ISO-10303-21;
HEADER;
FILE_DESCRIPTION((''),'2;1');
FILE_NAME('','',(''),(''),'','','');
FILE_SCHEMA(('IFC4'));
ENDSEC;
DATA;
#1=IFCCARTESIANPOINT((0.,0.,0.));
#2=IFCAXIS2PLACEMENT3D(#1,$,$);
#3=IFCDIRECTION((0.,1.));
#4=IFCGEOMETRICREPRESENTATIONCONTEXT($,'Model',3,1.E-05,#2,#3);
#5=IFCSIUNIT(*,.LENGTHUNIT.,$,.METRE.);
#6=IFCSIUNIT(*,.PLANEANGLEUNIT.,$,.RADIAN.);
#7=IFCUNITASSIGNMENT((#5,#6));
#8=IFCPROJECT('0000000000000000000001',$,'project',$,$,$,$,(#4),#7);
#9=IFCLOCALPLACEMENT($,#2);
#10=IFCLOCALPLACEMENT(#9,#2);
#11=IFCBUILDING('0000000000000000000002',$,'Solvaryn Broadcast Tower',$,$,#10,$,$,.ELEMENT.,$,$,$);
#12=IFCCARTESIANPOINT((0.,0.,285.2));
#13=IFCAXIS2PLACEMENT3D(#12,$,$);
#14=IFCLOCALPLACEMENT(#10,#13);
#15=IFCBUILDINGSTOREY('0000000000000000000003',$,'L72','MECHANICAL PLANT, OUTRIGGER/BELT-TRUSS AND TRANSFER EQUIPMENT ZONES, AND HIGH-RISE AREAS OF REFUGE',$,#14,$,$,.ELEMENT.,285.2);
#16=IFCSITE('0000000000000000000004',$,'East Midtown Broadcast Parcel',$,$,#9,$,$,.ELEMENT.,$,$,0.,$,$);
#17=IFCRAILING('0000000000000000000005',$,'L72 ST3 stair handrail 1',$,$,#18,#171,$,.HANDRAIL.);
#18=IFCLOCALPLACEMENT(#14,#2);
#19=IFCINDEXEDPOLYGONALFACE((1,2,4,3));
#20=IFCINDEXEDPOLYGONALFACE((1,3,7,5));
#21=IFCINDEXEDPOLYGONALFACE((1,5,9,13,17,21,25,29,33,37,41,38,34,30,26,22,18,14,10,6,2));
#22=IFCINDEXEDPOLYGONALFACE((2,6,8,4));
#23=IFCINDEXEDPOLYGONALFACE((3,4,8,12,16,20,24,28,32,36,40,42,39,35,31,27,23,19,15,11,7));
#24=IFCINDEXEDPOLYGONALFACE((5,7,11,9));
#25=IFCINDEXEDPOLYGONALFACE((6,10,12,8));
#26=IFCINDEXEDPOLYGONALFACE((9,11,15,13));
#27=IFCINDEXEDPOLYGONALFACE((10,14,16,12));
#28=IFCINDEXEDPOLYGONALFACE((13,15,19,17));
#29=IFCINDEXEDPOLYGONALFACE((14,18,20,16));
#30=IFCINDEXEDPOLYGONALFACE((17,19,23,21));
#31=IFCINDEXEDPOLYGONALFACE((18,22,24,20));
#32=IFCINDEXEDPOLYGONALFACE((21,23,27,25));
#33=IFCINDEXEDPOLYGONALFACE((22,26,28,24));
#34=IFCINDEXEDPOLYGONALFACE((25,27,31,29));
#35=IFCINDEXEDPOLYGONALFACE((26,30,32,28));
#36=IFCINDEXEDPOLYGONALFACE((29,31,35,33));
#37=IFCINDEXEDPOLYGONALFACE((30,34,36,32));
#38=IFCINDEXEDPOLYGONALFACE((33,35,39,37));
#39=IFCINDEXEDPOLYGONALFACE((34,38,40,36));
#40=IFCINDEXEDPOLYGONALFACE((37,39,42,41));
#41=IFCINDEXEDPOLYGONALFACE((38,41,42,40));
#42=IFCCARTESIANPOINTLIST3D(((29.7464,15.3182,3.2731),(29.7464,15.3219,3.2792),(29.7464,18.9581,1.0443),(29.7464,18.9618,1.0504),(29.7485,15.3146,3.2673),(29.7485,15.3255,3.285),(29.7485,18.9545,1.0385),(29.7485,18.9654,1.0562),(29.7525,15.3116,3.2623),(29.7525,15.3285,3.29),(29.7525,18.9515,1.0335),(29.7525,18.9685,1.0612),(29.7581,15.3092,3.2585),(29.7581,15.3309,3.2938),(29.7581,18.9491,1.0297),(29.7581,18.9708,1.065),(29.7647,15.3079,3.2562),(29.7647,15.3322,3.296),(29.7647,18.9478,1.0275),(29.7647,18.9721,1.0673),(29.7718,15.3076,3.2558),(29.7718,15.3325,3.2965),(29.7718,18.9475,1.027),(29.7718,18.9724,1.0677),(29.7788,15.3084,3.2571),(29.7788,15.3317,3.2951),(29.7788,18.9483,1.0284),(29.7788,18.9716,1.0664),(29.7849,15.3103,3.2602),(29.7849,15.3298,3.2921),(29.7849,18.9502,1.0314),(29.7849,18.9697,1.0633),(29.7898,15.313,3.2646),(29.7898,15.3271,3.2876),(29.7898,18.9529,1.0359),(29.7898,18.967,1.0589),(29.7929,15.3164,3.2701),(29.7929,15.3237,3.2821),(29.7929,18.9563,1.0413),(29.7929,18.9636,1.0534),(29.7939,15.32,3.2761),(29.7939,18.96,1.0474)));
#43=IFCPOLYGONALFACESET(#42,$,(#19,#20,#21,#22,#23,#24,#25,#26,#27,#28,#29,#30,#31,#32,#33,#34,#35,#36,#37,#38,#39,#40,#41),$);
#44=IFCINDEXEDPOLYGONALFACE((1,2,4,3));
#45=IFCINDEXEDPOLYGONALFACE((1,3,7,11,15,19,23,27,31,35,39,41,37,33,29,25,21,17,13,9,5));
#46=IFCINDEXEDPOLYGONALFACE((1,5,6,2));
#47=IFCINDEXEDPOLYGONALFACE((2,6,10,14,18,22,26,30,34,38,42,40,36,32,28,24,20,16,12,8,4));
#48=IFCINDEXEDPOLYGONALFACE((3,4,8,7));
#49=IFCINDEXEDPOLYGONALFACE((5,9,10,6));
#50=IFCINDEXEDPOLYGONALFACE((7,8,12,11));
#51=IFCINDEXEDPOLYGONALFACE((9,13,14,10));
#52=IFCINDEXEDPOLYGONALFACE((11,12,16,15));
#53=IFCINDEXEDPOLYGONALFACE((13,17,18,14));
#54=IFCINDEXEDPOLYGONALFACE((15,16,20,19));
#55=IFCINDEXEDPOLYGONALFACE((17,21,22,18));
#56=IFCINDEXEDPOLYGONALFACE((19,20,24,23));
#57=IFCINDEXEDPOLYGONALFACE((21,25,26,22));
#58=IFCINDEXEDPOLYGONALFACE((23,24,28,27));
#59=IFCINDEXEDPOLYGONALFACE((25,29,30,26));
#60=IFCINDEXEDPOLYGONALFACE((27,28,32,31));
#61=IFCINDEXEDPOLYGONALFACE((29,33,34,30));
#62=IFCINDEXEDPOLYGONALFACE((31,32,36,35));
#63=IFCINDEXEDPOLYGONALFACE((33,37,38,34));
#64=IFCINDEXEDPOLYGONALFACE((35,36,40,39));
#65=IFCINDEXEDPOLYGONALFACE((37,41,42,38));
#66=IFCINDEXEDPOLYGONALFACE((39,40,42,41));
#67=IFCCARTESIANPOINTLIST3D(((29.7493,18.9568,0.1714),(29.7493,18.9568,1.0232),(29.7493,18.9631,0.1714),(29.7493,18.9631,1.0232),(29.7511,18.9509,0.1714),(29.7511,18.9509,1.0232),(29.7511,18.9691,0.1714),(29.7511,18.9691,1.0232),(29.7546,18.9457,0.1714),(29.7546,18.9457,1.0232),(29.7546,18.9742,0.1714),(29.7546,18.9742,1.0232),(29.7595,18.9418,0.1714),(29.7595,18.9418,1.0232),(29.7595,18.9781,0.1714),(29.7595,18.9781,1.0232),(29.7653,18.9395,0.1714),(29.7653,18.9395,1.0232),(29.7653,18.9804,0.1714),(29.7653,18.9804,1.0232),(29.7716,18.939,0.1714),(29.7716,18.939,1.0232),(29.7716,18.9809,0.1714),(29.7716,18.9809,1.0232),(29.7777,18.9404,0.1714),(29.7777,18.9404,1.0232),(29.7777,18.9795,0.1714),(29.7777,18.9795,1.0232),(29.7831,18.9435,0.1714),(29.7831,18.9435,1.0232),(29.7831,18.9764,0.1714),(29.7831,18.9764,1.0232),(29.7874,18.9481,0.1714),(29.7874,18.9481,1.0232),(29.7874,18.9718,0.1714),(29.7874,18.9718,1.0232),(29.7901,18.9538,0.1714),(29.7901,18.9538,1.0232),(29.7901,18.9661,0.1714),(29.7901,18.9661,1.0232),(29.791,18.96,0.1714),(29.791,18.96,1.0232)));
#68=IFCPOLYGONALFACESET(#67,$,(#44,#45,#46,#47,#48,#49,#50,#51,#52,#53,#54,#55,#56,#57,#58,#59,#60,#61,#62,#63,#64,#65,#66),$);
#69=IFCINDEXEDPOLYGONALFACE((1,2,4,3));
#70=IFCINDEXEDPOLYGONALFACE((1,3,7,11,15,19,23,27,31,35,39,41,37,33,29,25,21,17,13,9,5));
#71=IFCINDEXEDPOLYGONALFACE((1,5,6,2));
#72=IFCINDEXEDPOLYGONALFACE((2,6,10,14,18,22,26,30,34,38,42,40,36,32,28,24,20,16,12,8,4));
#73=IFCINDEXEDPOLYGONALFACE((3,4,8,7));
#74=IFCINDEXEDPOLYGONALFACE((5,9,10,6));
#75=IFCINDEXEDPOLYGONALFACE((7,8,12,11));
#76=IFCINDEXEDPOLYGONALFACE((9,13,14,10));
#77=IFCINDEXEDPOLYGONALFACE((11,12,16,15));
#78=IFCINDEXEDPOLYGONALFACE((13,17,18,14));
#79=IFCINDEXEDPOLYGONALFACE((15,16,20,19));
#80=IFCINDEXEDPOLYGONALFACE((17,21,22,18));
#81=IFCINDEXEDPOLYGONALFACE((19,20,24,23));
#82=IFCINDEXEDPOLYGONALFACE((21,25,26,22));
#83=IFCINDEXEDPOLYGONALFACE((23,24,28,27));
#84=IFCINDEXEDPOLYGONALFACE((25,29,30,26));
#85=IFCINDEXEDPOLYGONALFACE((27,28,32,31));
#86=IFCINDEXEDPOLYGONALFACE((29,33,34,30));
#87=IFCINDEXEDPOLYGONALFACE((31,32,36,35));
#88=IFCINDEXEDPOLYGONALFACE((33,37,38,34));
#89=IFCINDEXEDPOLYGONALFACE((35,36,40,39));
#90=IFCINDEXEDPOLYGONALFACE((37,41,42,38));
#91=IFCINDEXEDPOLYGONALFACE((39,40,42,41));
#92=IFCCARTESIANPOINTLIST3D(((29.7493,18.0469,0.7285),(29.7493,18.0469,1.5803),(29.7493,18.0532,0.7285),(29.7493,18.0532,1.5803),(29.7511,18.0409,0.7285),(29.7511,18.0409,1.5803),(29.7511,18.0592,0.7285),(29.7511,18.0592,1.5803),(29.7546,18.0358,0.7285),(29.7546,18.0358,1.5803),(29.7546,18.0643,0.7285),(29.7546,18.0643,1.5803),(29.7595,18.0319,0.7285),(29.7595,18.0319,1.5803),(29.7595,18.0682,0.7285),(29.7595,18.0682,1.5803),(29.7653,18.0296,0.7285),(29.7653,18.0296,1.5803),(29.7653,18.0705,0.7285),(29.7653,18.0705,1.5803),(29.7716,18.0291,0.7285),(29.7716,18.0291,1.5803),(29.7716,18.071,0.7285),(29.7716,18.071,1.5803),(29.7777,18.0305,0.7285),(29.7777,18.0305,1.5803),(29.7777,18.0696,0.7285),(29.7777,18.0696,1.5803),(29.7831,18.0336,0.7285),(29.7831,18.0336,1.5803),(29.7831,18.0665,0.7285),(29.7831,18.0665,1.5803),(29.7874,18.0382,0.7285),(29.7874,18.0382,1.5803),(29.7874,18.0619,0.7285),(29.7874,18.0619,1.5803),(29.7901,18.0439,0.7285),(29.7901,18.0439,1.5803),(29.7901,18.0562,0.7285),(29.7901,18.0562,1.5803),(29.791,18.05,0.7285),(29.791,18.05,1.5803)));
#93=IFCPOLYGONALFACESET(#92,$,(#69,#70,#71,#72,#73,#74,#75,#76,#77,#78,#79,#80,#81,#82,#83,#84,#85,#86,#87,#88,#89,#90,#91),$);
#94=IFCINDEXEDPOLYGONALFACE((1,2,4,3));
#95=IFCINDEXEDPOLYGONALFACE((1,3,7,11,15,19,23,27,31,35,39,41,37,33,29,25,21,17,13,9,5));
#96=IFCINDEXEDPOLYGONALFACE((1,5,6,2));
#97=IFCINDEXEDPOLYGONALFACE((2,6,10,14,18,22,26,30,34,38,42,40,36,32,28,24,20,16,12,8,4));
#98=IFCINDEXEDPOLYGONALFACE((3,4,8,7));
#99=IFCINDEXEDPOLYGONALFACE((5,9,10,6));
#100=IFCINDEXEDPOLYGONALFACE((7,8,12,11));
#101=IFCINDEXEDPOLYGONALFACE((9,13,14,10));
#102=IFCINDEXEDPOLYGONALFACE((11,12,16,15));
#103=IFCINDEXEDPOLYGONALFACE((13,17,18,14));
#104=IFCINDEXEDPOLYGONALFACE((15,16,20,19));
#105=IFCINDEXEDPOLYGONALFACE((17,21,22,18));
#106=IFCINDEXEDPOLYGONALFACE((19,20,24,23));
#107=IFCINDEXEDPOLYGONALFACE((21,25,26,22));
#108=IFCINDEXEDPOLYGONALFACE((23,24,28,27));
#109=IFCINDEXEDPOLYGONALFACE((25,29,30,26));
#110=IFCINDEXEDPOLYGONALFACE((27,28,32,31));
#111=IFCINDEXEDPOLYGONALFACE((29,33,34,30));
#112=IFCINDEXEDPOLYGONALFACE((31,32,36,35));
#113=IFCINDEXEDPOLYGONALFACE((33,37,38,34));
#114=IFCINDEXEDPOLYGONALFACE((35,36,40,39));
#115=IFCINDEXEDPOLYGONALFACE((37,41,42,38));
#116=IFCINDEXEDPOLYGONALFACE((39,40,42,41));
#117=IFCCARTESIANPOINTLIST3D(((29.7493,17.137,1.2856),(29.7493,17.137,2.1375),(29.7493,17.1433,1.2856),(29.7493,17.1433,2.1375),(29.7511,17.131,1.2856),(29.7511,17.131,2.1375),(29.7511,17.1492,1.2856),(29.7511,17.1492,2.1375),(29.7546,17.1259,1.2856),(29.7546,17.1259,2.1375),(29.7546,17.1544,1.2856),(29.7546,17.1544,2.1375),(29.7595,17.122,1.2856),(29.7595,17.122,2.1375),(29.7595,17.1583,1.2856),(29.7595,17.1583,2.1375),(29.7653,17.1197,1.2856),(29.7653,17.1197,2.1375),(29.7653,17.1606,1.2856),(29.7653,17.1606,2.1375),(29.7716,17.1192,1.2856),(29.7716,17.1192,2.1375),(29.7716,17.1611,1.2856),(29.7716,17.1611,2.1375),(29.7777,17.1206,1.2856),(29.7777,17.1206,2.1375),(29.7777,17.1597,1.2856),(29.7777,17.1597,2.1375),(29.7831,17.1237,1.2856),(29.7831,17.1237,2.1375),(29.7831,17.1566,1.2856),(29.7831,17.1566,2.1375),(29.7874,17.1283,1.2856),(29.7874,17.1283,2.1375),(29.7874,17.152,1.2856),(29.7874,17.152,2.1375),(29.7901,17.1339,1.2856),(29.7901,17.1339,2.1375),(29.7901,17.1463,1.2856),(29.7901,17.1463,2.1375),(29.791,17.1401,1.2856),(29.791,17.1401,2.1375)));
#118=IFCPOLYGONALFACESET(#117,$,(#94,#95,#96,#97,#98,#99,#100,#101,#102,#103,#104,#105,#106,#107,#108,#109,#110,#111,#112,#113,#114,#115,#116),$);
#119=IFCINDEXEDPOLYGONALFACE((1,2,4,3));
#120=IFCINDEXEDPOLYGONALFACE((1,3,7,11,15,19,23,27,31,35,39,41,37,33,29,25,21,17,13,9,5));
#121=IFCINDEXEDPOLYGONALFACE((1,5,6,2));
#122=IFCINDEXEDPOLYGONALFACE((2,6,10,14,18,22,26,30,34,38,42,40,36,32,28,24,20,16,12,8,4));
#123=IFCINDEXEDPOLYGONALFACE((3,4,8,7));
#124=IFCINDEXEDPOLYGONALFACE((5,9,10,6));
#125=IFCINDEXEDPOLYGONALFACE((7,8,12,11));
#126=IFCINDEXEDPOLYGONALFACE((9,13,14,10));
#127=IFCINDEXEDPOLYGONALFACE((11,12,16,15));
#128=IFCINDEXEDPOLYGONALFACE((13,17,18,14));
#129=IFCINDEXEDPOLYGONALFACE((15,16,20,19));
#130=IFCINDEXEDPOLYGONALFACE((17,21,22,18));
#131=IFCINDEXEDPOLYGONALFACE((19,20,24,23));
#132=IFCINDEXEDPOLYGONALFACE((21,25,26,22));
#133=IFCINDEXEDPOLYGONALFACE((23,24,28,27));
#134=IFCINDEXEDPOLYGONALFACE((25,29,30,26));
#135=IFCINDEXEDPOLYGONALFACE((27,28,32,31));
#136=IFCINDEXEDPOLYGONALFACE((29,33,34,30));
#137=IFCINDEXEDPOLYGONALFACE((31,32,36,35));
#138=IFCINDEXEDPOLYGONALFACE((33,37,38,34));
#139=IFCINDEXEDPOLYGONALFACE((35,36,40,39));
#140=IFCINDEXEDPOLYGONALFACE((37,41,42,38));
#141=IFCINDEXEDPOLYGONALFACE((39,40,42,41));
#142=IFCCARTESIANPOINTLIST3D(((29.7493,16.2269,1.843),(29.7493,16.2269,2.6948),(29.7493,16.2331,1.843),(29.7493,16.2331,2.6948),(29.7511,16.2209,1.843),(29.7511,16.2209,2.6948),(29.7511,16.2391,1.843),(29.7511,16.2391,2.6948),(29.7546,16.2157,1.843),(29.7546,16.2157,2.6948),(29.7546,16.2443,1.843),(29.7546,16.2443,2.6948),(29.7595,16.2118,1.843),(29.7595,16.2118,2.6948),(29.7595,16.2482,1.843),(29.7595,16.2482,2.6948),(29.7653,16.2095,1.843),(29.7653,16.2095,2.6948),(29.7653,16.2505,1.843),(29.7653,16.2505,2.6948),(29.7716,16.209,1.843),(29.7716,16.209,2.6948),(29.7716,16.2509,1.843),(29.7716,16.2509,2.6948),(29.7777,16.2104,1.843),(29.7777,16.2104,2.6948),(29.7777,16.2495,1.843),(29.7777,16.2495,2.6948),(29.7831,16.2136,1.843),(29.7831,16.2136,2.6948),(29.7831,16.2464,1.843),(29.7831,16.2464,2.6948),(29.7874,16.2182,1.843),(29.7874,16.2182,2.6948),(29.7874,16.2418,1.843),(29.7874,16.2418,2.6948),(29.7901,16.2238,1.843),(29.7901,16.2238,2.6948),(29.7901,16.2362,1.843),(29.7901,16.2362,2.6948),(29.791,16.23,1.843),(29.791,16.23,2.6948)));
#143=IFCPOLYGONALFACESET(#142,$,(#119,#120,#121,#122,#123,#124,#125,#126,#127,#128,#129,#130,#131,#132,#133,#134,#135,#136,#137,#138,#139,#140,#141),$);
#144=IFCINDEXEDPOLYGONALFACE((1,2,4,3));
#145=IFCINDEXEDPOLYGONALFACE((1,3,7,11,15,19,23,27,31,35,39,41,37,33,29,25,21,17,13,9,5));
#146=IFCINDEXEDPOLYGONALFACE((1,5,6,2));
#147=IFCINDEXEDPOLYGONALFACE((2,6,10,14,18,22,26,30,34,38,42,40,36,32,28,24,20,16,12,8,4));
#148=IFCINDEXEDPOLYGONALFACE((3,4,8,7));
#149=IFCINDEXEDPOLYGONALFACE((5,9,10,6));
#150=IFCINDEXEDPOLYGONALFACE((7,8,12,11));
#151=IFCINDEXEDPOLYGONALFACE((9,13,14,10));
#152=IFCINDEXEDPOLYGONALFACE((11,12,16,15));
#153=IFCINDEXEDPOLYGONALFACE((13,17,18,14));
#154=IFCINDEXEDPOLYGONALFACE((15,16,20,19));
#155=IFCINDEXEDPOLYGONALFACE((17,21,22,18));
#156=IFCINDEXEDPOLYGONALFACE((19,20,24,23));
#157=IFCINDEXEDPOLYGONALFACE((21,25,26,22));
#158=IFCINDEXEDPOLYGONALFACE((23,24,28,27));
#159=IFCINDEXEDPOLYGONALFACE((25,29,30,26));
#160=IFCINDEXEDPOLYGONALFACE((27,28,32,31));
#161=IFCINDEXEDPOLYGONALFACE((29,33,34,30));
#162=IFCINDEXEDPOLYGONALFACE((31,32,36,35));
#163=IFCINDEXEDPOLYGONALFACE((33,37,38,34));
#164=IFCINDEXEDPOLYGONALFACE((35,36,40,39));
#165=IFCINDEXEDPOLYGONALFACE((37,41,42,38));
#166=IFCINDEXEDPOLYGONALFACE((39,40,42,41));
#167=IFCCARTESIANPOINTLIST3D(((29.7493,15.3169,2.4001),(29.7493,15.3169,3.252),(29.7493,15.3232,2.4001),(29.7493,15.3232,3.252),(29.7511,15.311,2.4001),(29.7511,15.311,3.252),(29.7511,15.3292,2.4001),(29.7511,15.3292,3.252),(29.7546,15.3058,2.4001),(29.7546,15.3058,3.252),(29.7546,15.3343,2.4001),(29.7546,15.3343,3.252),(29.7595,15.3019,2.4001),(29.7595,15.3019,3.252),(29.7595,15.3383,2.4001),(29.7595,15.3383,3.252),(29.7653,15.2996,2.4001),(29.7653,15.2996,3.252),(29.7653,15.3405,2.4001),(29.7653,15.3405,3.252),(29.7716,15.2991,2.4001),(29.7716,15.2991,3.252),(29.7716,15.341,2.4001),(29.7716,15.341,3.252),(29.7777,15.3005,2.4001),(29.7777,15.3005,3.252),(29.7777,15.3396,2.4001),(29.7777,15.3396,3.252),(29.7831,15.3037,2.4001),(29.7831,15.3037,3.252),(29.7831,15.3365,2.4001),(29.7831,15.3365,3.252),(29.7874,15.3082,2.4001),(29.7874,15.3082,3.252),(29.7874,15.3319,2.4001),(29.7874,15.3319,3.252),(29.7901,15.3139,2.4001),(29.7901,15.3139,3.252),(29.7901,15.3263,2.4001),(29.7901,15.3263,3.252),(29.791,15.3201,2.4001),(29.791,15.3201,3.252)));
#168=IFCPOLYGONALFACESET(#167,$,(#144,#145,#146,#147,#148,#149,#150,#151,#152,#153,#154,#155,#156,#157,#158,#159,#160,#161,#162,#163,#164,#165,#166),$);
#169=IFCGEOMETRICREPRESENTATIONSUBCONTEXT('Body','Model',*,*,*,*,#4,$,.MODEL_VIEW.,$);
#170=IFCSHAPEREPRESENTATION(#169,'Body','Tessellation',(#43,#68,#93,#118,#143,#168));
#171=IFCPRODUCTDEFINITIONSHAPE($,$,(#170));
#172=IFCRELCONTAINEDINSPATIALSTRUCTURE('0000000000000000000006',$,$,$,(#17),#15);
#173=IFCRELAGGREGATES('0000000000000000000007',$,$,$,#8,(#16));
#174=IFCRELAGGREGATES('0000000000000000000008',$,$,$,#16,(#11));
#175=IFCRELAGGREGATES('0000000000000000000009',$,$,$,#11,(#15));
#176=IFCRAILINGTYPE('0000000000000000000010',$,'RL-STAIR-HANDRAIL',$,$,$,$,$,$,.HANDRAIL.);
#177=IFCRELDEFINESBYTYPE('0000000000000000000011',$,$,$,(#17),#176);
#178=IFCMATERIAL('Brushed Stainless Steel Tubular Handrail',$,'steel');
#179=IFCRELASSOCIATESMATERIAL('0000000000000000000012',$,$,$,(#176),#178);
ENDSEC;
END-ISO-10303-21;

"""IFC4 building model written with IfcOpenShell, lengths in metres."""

from ifc_helpers import new_model, si_unit, direction, frame, origin, origin_2d, place, context, subcontext, project, spatial, circle, extrude, material, type_object, element, save


model = new_model("IFC4")

# Units and contexts
model_context = context("Model", 3, precision=1e-05, world=origin(), true_north=direction((0.0, 1.0)))
body_context = subcontext(model_context, "Body", "Model", "MODEL_VIEW")
ifc_project = project(units=[si_unit("LENGTHUNIT", "METRE"), si_unit("PLANEANGLEUNIT", "RADIAN")], contexts=[model_context])

# Site, building, storey
site_placement = place(None, origin())
site = spatial("IfcSite", under=ifc_project, at=site_placement, Name="East Midtown Broadcast Parcel", CompositionType="ELEMENT", RefElevation=0.0)
building_placement = place(site_placement, origin())
building = spatial("IfcBuilding", under=site, at=building_placement, Name="Solvaryn Broadcast Tower", CompositionType="ELEMENT")
storey_placement = place(building_placement, frame((0.0, 0.0, 285.2)))
storey = spatial("IfcBuildingStorey", under=building, at=storey_placement, Name="L72", Description="MECHANICAL PLANT, OUTRIGGER/BELT-TRUSS AND TRANSFER EQUIPMENT ZONES, AND HIGH-RISE AREAS OF REFUGE", CompositionType="ELEMENT", Elevation=285.2)

# Railing
ifc_material_1 = material(Name="Brushed Stainless Steel Tubular Handrail", Category="steel")
railing_type_1 = type_object("IfcRailingType", Name="RL-STAIR-HANDRAIL", PredefinedType="HANDRAIL", material=ifc_material_1)
railing_1_placement = place(storey_placement, frame((29.77, 18.96, 0.1714)))
element("IfcRailing", 1, at=railing_1_placement, inside=storey, type_object=railing_type_1, Name="L72 ST3 stair handrail 1", PredefinedType="HANDRAIL", context=body_context, shape_type="SweptSolid", body=[
    extrude(circle(Radius=0.0239, at=origin_2d()), frame((0.0, 0.0, 0.876), z_axis=(0.0, -0.852825, 0.522197), x_axis=(1.0, 0.0, 0.0)), (0.0, 0.0, 1.0), 4.2681),
    extrude(circle(Radius=0.021, at=origin_2d()), origin(), (0.0, 0.0, 1.0), 0.8518),
    extrude(circle(Radius=0.021, at=origin_2d()), frame((0.0, -0.9099, 0.5571)), (0.0, 0.0, 1.0), 0.8518),
    extrude(circle(Radius=0.021, at=origin_2d()), frame((0.0, -1.8198, 1.1143)), (0.0, 0.0, 1.0), 0.8518),
    extrude(circle(Radius=0.021, at=origin_2d()), frame((0.0, -2.73, 1.6716)), (0.0, 0.0, 1.0), 0.8518),
    extrude(circle(Radius=0.021, at=origin_2d()), frame((0.0, -3.6399, 2.2288)), (0.0, 0.0, 1.0), 0.8518),
])

save(model, "model.ifc")
